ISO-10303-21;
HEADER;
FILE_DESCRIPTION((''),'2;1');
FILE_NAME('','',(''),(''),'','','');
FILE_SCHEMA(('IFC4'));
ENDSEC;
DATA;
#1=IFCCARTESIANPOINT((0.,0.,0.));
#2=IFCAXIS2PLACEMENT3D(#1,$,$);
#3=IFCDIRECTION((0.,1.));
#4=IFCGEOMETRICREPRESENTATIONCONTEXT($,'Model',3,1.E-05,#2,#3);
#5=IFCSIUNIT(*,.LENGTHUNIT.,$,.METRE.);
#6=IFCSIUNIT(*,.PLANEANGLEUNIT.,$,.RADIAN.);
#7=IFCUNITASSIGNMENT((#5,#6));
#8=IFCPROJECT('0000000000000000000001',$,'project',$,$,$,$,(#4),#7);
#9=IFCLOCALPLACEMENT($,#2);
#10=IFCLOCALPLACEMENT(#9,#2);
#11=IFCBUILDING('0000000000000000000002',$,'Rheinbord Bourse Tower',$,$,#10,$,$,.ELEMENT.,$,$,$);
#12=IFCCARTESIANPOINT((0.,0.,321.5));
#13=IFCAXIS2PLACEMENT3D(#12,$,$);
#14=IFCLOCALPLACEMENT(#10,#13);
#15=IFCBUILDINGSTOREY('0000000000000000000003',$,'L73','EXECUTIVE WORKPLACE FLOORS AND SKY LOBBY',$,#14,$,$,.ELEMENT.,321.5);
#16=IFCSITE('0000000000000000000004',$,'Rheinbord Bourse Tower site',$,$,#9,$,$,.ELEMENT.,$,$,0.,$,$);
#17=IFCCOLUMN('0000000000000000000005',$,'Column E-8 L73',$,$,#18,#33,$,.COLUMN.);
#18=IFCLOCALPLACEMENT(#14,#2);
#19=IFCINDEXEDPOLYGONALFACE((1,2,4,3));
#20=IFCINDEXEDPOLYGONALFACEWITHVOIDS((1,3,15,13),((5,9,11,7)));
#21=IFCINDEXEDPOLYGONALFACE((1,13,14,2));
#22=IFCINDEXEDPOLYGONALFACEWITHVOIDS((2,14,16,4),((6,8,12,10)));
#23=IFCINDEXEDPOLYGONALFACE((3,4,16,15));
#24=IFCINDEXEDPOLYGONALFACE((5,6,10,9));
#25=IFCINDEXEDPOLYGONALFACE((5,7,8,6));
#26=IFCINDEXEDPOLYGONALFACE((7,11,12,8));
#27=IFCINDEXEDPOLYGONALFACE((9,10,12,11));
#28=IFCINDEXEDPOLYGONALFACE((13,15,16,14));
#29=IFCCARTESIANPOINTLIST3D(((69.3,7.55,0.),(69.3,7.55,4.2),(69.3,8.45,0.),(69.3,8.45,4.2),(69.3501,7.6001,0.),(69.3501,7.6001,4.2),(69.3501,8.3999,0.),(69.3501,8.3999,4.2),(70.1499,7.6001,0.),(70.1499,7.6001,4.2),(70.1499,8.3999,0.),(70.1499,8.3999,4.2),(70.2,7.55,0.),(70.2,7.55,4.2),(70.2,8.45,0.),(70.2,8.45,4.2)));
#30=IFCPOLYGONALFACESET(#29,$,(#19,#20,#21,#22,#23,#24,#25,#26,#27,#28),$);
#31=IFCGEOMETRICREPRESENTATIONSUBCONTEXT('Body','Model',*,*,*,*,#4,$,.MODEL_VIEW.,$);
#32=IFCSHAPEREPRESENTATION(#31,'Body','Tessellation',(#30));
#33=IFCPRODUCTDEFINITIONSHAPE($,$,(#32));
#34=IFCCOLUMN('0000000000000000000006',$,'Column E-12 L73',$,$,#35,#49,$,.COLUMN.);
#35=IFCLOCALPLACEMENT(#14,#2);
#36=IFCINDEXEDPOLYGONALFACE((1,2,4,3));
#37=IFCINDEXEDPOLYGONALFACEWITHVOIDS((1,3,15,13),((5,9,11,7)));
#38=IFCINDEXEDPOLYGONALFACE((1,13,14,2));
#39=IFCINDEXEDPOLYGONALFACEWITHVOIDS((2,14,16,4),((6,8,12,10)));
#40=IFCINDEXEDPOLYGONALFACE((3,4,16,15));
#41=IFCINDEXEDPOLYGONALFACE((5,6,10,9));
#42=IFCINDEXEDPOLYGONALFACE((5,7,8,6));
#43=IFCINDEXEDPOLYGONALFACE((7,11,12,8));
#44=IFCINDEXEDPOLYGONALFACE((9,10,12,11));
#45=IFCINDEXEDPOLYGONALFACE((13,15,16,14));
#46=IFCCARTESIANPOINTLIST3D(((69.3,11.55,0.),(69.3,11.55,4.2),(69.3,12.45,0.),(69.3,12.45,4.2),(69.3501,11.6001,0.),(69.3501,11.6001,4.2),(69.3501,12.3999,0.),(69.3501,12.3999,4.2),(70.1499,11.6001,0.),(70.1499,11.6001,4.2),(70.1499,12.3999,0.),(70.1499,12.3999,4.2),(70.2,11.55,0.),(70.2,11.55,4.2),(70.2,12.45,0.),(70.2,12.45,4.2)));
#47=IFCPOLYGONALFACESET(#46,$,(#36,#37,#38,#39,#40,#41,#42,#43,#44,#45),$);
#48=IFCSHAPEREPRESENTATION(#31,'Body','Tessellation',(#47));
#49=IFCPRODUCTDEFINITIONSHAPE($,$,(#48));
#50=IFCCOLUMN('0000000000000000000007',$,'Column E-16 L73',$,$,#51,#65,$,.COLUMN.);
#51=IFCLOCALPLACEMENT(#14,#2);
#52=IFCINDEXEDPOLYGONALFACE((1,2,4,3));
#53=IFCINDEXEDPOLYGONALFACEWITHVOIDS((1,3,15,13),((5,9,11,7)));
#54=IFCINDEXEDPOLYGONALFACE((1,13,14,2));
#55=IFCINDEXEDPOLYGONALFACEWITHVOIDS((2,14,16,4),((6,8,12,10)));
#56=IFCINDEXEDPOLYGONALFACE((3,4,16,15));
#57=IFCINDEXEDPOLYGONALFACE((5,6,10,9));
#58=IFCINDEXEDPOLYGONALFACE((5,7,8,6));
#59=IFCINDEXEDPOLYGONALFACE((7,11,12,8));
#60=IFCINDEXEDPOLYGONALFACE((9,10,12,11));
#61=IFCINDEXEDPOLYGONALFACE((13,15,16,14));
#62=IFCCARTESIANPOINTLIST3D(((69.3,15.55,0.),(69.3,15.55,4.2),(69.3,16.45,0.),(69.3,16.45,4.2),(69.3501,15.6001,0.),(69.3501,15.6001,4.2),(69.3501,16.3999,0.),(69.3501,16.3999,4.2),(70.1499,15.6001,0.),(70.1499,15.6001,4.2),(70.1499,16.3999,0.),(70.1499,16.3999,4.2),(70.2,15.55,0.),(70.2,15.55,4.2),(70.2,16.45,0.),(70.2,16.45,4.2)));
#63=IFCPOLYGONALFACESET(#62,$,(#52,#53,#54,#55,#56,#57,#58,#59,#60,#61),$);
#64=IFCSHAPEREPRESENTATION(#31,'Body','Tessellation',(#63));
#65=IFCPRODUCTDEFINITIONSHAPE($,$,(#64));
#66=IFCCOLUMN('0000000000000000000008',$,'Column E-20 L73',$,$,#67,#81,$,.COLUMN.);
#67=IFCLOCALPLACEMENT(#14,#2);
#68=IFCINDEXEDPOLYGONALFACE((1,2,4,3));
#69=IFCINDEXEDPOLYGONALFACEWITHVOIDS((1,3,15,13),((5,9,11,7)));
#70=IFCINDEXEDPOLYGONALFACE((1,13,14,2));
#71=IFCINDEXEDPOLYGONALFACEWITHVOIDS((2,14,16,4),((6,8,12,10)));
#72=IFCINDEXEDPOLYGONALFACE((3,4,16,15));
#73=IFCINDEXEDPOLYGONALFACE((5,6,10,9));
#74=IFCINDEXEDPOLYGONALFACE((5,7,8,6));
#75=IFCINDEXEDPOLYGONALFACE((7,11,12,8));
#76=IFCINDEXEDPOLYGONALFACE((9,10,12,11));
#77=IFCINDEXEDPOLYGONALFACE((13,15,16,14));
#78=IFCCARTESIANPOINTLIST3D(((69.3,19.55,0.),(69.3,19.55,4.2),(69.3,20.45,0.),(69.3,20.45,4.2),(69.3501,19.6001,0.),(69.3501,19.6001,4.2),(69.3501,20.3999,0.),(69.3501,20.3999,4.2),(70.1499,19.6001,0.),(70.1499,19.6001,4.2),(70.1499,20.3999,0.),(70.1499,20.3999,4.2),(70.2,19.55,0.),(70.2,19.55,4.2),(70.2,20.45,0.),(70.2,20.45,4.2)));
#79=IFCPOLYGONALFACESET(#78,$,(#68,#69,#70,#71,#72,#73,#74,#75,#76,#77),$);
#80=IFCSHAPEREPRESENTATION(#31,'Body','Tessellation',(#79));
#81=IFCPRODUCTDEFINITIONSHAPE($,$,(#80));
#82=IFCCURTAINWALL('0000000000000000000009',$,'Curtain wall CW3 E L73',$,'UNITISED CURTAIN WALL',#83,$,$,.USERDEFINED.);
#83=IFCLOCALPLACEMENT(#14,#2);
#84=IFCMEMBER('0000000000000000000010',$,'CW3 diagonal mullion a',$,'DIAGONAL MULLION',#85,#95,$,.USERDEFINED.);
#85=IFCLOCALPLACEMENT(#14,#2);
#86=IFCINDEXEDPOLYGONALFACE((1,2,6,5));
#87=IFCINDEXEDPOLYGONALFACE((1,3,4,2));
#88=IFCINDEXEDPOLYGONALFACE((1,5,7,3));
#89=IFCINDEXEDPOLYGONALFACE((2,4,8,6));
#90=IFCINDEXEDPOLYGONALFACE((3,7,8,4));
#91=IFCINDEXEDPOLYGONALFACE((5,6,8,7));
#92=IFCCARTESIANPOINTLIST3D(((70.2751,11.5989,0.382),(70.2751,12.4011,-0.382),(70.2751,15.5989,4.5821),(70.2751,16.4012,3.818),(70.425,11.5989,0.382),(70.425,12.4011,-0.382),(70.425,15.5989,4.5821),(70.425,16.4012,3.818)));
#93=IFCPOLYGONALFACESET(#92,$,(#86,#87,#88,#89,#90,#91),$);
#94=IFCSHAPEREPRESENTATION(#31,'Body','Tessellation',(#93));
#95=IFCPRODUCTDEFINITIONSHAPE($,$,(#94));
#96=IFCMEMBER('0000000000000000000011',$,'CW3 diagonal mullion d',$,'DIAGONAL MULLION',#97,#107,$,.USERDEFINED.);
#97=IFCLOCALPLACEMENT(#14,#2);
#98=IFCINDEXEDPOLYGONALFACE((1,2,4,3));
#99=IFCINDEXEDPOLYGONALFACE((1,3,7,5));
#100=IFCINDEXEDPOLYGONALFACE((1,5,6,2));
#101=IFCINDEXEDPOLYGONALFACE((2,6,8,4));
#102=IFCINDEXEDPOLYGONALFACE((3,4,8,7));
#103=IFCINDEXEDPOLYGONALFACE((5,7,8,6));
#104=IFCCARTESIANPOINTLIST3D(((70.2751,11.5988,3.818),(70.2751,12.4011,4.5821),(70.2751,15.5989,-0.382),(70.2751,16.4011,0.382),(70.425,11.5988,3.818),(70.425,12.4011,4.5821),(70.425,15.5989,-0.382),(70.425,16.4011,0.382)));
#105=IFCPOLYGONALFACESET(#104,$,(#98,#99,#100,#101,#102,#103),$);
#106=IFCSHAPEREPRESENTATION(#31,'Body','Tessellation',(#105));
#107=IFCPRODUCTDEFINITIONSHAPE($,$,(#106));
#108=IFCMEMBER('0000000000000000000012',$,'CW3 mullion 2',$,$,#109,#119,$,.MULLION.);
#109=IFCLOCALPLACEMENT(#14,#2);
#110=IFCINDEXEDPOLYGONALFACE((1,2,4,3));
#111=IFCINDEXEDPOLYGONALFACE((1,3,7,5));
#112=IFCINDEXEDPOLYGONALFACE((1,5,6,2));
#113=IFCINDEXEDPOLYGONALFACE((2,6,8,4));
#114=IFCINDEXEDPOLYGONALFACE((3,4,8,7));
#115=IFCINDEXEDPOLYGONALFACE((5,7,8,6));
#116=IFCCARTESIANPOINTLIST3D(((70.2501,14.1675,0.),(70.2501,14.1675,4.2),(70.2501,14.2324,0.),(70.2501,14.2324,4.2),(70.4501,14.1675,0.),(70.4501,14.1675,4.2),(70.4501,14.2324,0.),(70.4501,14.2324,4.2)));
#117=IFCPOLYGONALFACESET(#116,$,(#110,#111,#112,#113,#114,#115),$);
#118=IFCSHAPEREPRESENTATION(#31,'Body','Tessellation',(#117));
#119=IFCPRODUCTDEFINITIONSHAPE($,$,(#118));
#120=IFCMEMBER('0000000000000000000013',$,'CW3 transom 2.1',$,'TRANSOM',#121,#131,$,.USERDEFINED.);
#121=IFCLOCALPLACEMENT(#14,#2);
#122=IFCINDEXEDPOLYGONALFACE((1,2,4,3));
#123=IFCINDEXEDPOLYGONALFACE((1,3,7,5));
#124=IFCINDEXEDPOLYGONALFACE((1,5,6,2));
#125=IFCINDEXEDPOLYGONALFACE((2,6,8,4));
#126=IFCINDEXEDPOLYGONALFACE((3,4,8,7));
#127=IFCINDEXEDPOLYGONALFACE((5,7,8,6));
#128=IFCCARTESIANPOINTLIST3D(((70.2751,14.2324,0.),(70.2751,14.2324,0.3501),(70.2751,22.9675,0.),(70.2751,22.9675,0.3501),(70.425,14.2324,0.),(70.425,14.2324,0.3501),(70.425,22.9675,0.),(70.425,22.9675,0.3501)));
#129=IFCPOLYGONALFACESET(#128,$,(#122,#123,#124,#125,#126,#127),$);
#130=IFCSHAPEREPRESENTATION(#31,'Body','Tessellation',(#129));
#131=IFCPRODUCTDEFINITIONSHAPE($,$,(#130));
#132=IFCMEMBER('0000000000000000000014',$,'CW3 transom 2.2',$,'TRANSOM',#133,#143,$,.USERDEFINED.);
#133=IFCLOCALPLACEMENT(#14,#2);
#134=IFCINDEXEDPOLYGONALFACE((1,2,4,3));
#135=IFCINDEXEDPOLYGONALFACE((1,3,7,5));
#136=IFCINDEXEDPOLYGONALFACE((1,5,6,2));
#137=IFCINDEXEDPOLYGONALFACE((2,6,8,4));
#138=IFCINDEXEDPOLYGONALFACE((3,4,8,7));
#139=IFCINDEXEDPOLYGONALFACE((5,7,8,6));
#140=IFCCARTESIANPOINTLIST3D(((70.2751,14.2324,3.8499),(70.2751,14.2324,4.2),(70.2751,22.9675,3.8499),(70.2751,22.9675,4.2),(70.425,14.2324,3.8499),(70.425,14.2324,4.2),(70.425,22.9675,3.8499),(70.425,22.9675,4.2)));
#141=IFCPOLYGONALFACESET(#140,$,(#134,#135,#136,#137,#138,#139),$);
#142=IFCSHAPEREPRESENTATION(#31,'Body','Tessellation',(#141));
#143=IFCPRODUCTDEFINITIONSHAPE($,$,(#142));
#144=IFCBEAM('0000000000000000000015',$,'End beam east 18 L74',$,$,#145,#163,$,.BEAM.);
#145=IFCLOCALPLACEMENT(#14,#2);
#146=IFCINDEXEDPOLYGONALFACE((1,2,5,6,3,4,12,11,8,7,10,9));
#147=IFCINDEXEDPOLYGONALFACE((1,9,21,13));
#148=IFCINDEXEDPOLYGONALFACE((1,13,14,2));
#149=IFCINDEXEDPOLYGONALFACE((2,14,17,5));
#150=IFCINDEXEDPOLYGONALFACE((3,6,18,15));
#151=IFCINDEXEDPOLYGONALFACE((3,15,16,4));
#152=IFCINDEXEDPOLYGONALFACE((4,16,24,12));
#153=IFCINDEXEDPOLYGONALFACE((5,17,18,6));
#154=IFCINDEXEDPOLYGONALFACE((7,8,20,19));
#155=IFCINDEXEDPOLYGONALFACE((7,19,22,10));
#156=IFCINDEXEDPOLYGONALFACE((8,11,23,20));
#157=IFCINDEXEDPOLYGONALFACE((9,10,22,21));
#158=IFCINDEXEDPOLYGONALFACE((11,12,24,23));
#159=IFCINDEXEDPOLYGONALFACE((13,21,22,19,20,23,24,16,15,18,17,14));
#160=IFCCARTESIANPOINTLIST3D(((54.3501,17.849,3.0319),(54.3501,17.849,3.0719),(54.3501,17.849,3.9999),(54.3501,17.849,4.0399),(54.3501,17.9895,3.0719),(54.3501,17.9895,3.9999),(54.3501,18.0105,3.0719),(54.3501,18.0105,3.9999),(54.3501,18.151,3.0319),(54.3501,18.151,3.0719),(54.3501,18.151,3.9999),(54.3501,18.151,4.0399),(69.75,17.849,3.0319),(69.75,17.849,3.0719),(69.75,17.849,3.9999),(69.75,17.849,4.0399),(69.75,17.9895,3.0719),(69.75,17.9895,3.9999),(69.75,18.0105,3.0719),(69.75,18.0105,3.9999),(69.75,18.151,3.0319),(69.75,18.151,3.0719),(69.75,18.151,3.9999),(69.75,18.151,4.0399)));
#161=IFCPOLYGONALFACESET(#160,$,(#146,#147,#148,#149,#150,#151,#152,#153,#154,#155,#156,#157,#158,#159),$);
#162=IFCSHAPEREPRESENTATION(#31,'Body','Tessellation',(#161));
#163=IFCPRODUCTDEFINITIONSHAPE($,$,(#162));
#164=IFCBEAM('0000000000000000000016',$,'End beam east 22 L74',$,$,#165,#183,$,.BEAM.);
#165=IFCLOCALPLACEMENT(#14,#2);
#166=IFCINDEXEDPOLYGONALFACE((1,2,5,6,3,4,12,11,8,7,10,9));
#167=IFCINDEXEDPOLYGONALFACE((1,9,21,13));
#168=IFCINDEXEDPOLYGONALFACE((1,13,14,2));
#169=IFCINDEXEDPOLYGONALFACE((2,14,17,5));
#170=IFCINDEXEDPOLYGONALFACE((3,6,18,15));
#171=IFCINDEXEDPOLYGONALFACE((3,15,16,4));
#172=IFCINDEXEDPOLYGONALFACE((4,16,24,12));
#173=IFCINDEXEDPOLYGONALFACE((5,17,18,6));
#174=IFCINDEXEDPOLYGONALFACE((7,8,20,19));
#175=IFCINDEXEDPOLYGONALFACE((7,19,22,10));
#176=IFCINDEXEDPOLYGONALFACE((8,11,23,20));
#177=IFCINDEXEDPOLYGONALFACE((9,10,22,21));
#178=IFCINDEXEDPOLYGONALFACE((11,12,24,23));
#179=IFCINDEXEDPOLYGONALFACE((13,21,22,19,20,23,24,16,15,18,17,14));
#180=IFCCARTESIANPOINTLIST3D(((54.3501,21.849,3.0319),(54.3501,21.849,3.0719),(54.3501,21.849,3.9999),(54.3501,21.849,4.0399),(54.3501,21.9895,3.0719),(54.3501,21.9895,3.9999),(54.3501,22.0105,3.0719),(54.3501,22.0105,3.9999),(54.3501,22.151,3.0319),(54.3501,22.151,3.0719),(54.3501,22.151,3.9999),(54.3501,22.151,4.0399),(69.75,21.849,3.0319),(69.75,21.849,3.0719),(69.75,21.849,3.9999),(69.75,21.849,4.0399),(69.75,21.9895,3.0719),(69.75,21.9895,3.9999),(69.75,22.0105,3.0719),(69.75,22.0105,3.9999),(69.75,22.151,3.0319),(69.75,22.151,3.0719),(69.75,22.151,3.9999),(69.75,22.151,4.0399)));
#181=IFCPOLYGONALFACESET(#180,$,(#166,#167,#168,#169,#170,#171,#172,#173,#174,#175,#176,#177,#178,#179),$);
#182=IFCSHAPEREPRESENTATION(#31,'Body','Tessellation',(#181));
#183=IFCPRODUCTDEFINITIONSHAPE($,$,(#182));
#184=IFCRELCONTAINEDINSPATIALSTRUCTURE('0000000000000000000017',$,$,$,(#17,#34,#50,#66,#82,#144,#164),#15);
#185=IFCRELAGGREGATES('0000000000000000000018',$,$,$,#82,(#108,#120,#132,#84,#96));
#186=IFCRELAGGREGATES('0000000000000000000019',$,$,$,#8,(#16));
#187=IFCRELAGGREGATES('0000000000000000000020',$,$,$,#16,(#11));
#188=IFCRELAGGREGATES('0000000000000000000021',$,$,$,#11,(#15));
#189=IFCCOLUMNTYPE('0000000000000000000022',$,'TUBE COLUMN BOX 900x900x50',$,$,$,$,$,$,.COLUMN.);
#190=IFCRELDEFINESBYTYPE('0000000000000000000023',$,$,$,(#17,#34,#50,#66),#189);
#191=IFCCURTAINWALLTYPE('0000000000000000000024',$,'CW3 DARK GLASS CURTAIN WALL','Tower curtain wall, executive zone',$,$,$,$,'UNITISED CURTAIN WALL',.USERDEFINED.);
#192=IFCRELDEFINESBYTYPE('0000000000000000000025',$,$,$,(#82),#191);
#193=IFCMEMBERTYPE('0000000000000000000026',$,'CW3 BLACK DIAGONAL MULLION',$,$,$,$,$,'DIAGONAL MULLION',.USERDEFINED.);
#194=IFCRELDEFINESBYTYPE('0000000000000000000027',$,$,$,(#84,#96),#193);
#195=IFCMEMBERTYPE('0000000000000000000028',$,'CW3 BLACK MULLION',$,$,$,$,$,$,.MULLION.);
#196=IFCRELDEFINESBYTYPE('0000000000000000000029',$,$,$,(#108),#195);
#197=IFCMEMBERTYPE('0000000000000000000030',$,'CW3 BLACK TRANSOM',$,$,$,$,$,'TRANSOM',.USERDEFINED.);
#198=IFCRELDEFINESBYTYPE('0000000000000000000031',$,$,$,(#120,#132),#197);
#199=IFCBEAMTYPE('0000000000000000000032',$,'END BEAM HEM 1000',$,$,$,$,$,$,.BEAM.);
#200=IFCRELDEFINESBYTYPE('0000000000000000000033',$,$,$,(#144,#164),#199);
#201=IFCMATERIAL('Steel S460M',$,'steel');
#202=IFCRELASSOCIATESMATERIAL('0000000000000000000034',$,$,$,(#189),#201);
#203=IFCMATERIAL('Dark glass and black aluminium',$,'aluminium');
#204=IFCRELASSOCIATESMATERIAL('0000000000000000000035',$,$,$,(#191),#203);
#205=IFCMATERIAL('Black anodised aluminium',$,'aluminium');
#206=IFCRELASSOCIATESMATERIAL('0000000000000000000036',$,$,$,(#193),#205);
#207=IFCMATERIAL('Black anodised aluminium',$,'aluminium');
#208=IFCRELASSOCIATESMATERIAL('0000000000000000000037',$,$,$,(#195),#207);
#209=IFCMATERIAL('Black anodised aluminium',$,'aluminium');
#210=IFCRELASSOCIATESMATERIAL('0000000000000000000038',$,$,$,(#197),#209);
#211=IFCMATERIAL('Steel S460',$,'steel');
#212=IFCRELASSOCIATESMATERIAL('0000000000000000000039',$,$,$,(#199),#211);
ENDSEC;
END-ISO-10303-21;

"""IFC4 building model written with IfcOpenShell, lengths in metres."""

from ifc_helpers import new_model, si_unit, direction, frame, origin, origin_2d, place, context, subcontext, project, spatial, rectangle, hollow_rectangle, i_section, extrude, material, material_profile, profile_set, type_object, element, aggregate, save


model = new_model("IFC4")

# Units and contexts
model_context = context("Model", 3, precision=1e-05, world=origin(), true_north=direction((0.0, 1.0)))
body_context = subcontext(model_context, "Body", "Model", "MODEL_VIEW")
ifc_project = project(units=[si_unit("LENGTHUNIT", "METRE"), si_unit("PLANEANGLEUNIT", "RADIAN")], contexts=[model_context])

# Site, building, storey
site_placement = place(None, origin())
site = spatial("IfcSite", under=ifc_project, at=site_placement, Name="Rheinbord Bourse Tower site", CompositionType="ELEMENT", RefElevation=0.0)
building_placement = place(site_placement, origin())
building = spatial("IfcBuilding", under=site, at=building_placement, Name="Rheinbord Bourse Tower", CompositionType="ELEMENT")
storey_placement = place(building_placement, frame((0.0, 0.0, 321.5)))
storey = spatial("IfcBuildingStorey", under=building, at=storey_placement, Name="L73", Description="EXECUTIVE WORKPLACE FLOORS AND SKY LOBBY", CompositionType="ELEMENT", Elevation=321.5)

# Columns
ifc_material_1 = material(Name="Steel S460M", Category="steel")
ifc_material_profile_1 = material_profile(ifc_material_1, hollow_rectangle(XDim=0.8999, YDim=0.8999, WallThickness=0.05, at=origin_2d()), Name="BOX 900x900x50")
ifc_profile_set_1 = profile_set([ifc_material_profile_1], Name="Steel S460M")
column_type = type_object("IfcColumnType", Name="TUBE COLUMN BOX 900x900x50", PredefinedType="COLUMN", material=ifc_profile_set_1)
for number, where, z_axis, x_axis, name in (
    (1, (69.75, 8.0, 0.0), (0.0, 0.0, 1.0), (1.0, 0.0, 0.0), "Column E-8 L73"),
    (2, (69.75, 12.0, 0.0), (0.0, 0.0, 1.0), (1.0, 0.0, 0.0), "Column E-12 L73"),
    (3, (69.75, 16.0, 0.0), (0.0, 0.0, 1.0), (1.0, 0.0, 0.0), "Column E-16 L73"),
    (4, (69.75, 20.0, 0.0), (0.0, 0.0, 1.0), (1.0, 0.0, 0.0), "Column E-20 L73"),
):
    element("IfcColumn", number, at=place(storey_placement, frame(where, z_axis=z_axis, x_axis=x_axis)), inside=storey, type_object=column_type, Name=name, PredefinedType="COLUMN", context=body_context, shape_type="SweptSolid", body=[
        extrude(hollow_rectangle(XDim=0.8999, YDim=0.8999, WallThickness=0.05, at=origin_2d()), origin(), (0.0, 0.0, 1.0), 4.2),
    ])

# Curtain wall, members
ifc_material_2 = material(Name="Dark glass and black aluminium", Category="aluminium")
curtain_wall_type = type_object("IfcCurtainWallType", Name="CW3 DARK GLASS CURTAIN WALL", Description="Tower curtain wall, executive zone", ElementType="UNITISED CURTAIN WALL", PredefinedType="USERDEFINED", material=ifc_material_2)
curtain_wall_placement = place(storey_placement, origin())
curtain_wall = element("IfcCurtainWall", 5, at=curtain_wall_placement, inside=storey, type_object=curtain_wall_type, Name="Curtain wall CW3 E L73", ObjectType="UNITISED CURTAIN WALL", PredefinedType="USERDEFINED")
ifc_material_3 = material(Name="Black anodised aluminium", Category="aluminium")
ifc_material_profile_2 = material_profile(ifc_material_3, rectangle(XDim=0.1499, YDim=1.1079, at=origin_2d()), Name="CW3 DIAGONAL MULLION 1108x150")
ifc_profile_set_2 = profile_set([ifc_material_profile_2], Name="Black anodised aluminium")
member_type_1 = type_object("IfcMemberType", Name="CW3 BLACK DIAGONAL MULLION", ElementType="DIAGONAL MULLION", PredefinedType="USERDEFINED", material=ifc_profile_set_2)
member_1_placement = place(storey_placement, frame((70.3501, 12.0, 0.0), z_axis=(0.0, 0.689659, 0.724134), x_axis=(-1.0, 0.0, 0.0)))
member_1 = element("IfcMember", 6, at=member_1_placement, type_object=member_type_1, Name="CW3 diagonal mullion a", ObjectType="DIAGONAL MULLION", PredefinedType="USERDEFINED", context=body_context, shape_type="SweptSolid", body=[
    extrude(rectangle(XDim=0.1499, YDim=1.1079, at=origin_2d()), origin(), (0.0, 0.0, 1.0), 5.8),
])
member_2_placement = place(storey_placement, frame((70.3501, 16.0, 0.0), z_axis=(0.0, -0.689659, 0.724134), x_axis=(1.0, 0.0, 0.0)))
member_2 = element("IfcMember", 7, at=member_2_placement, type_object=member_type_1, Name="CW3 diagonal mullion d", ObjectType="DIAGONAL MULLION", PredefinedType="USERDEFINED", context=body_context, shape_type="SweptSolid", body=[
    extrude(rectangle(XDim=0.1499, YDim=1.1079, at=origin_2d()), origin(), (0.0, 0.0, 1.0), 5.8),
])
ifc_material_4 = material(Name="Black anodised aluminium", Category="aluminium")
ifc_material_profile_3 = material_profile(ifc_material_4, rectangle(XDim=0.2, YDim=0.0649, at=origin_2d()), Name="CW3 MULLION 65x200")
ifc_profile_set_3 = profile_set([ifc_material_profile_3], Name="Black anodised aluminium")
member_type_2 = type_object("IfcMemberType", Name="CW3 BLACK MULLION", PredefinedType="MULLION", material=ifc_profile_set_3)
member_3_placement = place(storey_placement, frame((70.3501, 14.2, 0.0), z_axis=(0.0, 0.0, 1.0), x_axis=(-1.0, 0.0, 0.0)))
member_3 = element("IfcMember", 8, at=member_3_placement, type_object=member_type_2, Name="CW3 mullion 2", PredefinedType="MULLION", context=body_context, shape_type="SweptSolid", body=[
    extrude(rectangle(XDim=0.2, YDim=0.0649, at=origin_2d()), origin(), (0.0, 0.0, 1.0), 4.2),
])
ifc_material_5 = material(Name="Black anodised aluminium", Category="aluminium")
ifc_material_profile_4 = material_profile(ifc_material_5, rectangle(XDim=0.1499, YDim=0.3501, at=origin_2d()), Name="CW3 TRANSOM 350x150")
ifc_profile_set_4 = profile_set([ifc_material_profile_4], Name="Black anodised aluminium")
member_type_3 = type_object("IfcMemberType", Name="CW3 BLACK TRANSOM", ElementType="TRANSOM", PredefinedType="USERDEFINED", material=ifc_profile_set_4)
member_4_placement = place(storey_placement, frame((70.3501, 14.2324, 0.175), z_axis=(0.0, 1.0, 0.0), x_axis=(-1.0, 0.0, 0.0)))
member_4 = element("IfcMember", 9, at=member_4_placement, type_object=member_type_3, Name="CW3 transom 2.1", ObjectType="TRANSOM", PredefinedType="USERDEFINED", context=body_context, shape_type="SweptSolid", body=[
    extrude(rectangle(XDim=0.1499, YDim=0.3501, at=origin_2d()), origin(), (0.0, 0.0, 1.0), 8.7351),
])
member_5_placement = place(storey_placement, frame((70.3501, 14.2324, 4.0249), z_axis=(0.0, 1.0, 0.0), x_axis=(-1.0, 0.0, 0.0)))
member_5 = element("IfcMember", 10, at=member_5_placement, type_object=member_type_3, Name="CW3 transom 2.2", ObjectType="TRANSOM", PredefinedType="USERDEFINED", context=body_context, shape_type="SweptSolid", body=[
    extrude(rectangle(XDim=0.1499, YDim=0.3501, at=origin_2d()), origin(), (0.0, 0.0, 1.0), 8.7351),
])

# Beams
ifc_material_6 = material(Name="Steel S460", Category="steel")
ifc_material_profile_5 = material_profile(ifc_material_6, i_section(OverallWidth=0.302, OverallDepth=1.0081, WebThickness=0.021, FlangeThickness=0.04, at=origin_2d()), Name="HEM 1000")
ifc_profile_set_5 = profile_set([ifc_material_profile_5], Name="Steel S460")
beam_type_1 = type_object("IfcBeamType", Name="END BEAM HEM 1000", PredefinedType="BEAM", material=ifc_profile_set_5)
for number, where, z_axis, x_axis, name in (
    (11, (54.3501, 18.0, 3.5359), (1.0, 0.0, 0.0), (0.0, 1.0, 0.0), "End beam east 18 L74"),
    (12, (54.3501, 22.0, 3.5359), (1.0, 0.0, 0.0), (0.0, 1.0, 0.0), "End beam east 22 L74"),
):
    element("IfcBeam", number, at=place(storey_placement, frame(where, z_axis=z_axis, x_axis=x_axis)), inside=storey, type_object=beam_type_1, Name=name, PredefinedType="BEAM", context=body_context, shape_type="SweptSolid", body=[
        extrude(i_section(OverallWidth=0.302, OverallDepth=1.0081, WebThickness=0.021, FlangeThickness=0.04, at=origin_2d()), origin(), (0.0, 0.0, 1.0), 15.3999),
    ])

aggregate(curtain_wall, [member_3, member_4, member_5, member_1, member_2])

save(model, "model.ifc")
